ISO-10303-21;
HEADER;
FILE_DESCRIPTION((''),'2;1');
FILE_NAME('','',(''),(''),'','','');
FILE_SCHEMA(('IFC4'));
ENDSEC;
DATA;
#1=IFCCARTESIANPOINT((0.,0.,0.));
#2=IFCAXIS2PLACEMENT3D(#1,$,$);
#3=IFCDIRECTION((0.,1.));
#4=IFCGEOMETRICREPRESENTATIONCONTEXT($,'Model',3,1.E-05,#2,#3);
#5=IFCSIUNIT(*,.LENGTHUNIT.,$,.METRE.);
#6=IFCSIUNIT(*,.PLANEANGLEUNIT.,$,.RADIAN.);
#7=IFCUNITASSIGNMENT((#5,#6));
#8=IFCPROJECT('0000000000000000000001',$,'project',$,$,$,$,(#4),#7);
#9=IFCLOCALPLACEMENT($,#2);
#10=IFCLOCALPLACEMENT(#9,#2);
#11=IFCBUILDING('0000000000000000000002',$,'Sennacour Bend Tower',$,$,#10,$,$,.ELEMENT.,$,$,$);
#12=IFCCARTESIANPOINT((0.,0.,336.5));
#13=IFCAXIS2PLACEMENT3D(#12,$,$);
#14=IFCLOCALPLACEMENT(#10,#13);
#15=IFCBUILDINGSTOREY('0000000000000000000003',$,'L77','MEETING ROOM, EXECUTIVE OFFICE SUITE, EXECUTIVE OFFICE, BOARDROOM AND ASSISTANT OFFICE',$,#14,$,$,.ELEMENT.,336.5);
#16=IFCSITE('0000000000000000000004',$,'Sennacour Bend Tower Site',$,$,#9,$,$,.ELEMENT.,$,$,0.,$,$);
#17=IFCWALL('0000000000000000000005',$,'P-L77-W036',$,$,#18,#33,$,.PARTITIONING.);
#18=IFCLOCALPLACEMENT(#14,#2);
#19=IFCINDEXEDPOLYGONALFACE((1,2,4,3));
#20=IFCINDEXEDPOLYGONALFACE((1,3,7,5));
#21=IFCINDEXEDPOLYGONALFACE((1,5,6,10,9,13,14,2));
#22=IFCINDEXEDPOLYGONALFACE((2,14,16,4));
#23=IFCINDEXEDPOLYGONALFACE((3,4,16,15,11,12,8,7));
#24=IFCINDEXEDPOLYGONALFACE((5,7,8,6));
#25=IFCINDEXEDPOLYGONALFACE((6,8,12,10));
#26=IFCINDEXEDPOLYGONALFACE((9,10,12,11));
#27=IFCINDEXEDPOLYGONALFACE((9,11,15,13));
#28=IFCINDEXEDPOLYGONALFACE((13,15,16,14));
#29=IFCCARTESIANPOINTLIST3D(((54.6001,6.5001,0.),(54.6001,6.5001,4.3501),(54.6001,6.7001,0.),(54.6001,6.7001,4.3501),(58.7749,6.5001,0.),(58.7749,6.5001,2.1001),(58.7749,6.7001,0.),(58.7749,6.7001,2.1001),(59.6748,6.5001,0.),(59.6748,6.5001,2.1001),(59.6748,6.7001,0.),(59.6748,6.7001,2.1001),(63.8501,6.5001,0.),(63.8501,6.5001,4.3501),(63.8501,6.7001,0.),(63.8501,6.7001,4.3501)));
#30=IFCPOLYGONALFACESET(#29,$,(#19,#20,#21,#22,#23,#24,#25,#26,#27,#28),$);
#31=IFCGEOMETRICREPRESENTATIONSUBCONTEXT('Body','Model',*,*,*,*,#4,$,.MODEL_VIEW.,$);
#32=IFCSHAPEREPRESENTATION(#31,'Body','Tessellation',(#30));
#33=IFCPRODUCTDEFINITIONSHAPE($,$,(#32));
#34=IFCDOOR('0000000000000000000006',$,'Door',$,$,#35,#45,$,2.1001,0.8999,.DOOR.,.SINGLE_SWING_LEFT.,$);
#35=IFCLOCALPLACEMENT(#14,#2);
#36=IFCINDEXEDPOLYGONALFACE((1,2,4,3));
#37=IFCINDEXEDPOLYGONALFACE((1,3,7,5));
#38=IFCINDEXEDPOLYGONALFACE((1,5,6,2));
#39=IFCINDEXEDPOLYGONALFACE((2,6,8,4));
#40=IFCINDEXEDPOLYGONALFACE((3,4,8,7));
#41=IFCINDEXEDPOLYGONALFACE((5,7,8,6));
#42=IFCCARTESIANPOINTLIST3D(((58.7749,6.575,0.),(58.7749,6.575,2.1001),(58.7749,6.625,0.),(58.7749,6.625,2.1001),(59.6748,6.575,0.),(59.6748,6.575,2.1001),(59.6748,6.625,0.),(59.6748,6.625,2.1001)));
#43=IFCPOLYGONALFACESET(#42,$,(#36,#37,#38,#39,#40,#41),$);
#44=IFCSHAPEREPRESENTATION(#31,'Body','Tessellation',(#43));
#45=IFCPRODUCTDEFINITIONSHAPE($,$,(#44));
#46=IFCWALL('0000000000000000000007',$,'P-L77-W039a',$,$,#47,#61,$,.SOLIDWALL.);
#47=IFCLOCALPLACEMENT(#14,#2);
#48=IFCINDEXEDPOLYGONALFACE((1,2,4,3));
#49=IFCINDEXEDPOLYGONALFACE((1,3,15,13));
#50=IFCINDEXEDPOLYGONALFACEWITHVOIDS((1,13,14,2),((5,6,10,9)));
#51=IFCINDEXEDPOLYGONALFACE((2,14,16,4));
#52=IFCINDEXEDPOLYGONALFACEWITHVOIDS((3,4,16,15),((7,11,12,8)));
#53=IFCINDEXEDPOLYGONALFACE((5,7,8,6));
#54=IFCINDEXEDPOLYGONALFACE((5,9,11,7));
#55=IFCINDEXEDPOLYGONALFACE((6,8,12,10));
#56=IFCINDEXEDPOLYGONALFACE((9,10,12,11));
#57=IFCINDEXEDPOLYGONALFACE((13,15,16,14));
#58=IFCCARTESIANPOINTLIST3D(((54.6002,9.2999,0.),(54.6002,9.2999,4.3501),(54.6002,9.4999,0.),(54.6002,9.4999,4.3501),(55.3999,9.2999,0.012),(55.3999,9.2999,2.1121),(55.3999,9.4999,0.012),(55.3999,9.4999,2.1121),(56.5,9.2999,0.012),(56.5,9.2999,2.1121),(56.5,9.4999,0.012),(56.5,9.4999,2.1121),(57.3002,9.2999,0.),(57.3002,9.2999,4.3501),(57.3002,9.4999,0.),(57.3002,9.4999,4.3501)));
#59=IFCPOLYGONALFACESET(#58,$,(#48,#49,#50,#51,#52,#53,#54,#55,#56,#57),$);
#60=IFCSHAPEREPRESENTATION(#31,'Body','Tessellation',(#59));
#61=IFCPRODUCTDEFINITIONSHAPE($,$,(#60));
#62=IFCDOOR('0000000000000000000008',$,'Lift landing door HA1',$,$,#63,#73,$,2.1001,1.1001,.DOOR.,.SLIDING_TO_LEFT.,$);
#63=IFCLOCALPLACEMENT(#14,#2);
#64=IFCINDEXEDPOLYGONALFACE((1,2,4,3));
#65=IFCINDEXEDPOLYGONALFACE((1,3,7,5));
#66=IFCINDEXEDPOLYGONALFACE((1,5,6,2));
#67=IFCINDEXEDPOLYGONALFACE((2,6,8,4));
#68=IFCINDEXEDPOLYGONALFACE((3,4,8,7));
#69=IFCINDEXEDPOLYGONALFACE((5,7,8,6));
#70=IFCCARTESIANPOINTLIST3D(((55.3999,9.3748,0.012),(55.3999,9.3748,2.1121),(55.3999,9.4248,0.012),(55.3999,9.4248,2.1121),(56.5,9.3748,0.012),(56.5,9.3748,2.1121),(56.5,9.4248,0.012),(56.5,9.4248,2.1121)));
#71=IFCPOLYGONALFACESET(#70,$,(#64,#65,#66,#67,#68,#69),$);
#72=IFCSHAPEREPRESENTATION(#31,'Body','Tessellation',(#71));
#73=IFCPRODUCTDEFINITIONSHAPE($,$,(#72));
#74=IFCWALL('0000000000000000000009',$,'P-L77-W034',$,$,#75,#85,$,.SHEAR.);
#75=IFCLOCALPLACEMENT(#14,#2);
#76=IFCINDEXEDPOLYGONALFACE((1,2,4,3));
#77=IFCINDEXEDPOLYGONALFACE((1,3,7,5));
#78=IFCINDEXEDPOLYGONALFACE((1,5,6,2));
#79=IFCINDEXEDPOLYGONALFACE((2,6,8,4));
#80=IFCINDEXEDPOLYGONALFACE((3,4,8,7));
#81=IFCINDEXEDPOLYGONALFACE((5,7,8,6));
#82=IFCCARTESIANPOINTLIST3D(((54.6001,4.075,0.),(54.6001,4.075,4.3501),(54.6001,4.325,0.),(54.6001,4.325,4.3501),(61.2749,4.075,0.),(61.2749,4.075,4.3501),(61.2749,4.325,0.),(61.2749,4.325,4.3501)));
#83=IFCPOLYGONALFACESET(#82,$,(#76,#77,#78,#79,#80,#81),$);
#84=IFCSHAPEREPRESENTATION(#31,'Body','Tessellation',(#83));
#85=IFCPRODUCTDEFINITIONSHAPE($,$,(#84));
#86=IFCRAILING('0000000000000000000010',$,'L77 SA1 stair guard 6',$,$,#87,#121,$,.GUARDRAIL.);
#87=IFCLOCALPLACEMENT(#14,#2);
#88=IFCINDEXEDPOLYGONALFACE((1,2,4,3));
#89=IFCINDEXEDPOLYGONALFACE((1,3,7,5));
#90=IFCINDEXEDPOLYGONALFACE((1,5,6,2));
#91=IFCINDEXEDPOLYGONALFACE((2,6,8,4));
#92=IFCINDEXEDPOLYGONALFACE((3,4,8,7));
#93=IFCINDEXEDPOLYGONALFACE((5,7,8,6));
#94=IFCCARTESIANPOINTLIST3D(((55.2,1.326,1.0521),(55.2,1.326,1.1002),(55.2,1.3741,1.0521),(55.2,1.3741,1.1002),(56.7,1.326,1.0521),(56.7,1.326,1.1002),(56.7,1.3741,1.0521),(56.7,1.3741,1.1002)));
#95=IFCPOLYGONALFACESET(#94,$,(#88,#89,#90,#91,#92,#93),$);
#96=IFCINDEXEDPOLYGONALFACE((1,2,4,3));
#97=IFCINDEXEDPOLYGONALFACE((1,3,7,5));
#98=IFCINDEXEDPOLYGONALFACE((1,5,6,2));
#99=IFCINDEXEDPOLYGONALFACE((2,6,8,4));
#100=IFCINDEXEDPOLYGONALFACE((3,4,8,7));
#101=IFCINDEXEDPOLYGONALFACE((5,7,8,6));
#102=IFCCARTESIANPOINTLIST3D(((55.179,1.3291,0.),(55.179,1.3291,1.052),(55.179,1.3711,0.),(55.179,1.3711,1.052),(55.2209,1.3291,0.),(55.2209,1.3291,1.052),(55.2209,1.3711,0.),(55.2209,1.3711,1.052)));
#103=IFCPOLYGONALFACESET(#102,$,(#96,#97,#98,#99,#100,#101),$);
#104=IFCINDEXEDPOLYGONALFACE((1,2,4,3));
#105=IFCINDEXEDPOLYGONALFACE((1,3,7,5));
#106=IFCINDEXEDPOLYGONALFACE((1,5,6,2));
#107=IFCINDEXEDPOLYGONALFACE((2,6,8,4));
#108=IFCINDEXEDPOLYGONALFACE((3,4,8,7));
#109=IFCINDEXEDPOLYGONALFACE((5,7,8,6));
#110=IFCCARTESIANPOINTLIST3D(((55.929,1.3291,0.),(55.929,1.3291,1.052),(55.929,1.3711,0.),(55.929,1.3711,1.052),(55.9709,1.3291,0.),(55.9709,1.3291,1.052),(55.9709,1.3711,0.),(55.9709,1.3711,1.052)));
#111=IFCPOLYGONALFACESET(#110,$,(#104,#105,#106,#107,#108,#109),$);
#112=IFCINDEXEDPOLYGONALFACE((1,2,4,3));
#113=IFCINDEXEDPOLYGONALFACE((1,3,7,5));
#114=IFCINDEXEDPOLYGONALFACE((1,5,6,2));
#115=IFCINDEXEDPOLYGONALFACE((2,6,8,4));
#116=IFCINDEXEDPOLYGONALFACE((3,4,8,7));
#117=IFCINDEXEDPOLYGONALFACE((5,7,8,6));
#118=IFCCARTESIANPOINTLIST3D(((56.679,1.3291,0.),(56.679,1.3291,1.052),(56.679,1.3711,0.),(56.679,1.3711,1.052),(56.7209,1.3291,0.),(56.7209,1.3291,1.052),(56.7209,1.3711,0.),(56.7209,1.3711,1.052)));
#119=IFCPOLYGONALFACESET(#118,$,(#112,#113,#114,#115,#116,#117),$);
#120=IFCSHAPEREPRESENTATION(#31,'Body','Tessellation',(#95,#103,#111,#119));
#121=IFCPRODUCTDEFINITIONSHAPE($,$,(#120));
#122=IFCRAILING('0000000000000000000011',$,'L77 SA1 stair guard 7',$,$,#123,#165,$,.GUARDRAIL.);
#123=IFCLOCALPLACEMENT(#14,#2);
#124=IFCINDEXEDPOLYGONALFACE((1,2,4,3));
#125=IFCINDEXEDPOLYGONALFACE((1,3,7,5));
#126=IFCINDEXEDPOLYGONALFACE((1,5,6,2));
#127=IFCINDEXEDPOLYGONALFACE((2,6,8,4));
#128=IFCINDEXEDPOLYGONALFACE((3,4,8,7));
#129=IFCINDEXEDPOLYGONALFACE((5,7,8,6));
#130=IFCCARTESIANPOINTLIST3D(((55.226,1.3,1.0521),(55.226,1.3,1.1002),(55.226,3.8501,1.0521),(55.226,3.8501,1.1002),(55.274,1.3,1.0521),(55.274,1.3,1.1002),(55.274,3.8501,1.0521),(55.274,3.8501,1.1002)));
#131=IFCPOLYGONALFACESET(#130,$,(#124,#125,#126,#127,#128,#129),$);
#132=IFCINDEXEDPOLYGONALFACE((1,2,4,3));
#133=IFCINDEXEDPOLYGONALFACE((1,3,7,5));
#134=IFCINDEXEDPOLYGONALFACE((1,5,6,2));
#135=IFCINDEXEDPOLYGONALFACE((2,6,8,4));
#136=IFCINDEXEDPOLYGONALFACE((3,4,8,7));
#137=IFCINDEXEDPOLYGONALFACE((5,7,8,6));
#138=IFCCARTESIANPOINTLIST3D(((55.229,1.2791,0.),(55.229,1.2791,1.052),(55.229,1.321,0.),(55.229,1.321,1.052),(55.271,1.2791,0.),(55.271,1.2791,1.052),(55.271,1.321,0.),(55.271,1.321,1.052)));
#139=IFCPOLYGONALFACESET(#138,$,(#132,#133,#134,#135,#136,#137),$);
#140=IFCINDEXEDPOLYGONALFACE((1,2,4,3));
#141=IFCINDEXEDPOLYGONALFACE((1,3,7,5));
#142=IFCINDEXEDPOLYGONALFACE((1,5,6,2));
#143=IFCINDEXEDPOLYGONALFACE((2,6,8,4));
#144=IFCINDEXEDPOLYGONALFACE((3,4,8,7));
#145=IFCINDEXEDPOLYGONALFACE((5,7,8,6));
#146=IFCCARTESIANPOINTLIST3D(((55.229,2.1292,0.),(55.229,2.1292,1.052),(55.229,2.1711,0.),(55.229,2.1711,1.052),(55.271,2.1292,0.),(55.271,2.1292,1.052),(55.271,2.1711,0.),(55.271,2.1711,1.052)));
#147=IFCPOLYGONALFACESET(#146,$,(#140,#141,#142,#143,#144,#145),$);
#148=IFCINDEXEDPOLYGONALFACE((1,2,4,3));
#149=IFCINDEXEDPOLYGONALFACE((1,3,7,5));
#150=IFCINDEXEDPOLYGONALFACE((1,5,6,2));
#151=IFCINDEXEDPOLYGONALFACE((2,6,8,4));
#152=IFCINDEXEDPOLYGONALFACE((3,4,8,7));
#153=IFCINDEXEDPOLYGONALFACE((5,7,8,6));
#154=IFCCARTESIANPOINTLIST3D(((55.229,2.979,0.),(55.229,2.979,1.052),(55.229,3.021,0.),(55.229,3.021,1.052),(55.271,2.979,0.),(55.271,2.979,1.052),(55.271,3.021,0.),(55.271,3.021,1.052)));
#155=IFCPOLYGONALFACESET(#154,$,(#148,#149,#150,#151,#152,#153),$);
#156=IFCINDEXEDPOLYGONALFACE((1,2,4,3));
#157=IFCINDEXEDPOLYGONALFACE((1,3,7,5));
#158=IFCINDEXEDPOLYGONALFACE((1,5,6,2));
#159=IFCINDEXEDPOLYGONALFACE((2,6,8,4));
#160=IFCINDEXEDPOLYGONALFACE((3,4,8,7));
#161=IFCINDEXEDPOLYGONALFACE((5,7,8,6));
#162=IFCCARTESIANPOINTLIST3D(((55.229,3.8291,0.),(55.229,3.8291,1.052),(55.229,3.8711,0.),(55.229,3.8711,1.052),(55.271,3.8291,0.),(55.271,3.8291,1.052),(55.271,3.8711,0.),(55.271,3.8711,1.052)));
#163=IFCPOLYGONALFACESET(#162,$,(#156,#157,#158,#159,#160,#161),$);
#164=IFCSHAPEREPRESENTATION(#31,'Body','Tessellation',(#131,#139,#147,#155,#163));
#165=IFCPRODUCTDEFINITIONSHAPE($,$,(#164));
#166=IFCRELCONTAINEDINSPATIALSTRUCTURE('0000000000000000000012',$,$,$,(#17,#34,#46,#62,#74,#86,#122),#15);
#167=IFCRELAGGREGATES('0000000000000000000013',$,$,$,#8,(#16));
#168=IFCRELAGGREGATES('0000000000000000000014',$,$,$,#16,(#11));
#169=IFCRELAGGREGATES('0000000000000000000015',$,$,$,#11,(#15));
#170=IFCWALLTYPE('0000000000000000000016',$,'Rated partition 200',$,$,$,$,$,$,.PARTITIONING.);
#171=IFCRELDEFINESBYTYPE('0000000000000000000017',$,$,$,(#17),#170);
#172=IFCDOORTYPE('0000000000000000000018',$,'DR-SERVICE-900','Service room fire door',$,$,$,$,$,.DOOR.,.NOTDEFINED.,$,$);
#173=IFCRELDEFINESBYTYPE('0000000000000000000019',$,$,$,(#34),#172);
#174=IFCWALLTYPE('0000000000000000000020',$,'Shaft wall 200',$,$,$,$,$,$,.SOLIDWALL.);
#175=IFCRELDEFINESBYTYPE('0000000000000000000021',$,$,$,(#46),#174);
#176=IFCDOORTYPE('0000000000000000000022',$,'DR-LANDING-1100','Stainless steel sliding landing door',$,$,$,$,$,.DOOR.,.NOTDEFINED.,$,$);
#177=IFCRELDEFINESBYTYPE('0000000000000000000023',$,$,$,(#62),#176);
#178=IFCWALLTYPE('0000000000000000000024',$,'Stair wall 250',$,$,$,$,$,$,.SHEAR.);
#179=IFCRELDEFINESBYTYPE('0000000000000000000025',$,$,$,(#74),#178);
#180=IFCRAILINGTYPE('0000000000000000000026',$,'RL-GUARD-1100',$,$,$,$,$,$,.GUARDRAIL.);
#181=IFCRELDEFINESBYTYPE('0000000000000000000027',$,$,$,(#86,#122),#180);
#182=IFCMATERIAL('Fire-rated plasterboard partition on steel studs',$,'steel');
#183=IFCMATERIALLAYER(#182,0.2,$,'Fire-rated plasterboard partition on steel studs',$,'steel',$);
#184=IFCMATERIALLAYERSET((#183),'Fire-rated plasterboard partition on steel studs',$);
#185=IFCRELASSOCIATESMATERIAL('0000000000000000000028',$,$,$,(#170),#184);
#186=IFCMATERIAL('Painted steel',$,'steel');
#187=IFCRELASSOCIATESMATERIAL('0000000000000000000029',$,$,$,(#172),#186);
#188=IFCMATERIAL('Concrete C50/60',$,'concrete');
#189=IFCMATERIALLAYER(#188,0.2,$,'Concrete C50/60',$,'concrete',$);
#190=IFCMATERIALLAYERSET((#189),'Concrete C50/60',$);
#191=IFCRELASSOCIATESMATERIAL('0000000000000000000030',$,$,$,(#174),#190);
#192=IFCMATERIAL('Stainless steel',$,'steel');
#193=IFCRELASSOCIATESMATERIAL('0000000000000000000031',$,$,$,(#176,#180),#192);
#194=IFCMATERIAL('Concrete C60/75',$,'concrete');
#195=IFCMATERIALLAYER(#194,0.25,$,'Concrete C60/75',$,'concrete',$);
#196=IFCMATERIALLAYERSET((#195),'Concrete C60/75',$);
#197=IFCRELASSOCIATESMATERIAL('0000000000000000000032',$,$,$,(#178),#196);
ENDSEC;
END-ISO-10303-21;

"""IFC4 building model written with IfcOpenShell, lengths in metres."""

from ifc_helpers import new_model, si_unit, direction, frame, frame_2d, origin, origin_2d, place, context, subcontext, project, spatial, rectangle, extrude, material, layer, layer_set, type_object, element, fill, save


model = new_model("IFC4")

# Units and contexts
model_context = context("Model", 3, precision=1e-05, world=origin(), true_north=direction((0.0, 1.0)))
body_context = subcontext(model_context, "Body", "Model", "MODEL_VIEW")
ifc_project = project(units=[si_unit("LENGTHUNIT", "METRE"), si_unit("PLANEANGLEUNIT", "RADIAN")], contexts=[model_context])

# Site, building, storey
site_placement = place(None, origin())
site = spatial("IfcSite", under=ifc_project, at=site_placement, Name="Sennacour Bend Tower Site", CompositionType="ELEMENT", RefElevation=0.0)
building_placement = place(site_placement, origin())
building = spatial("IfcBuilding", under=site, at=building_placement, Name="Sennacour Bend Tower", CompositionType="ELEMENT")
storey_placement = place(building_placement, frame((0.0, 0.0, 336.5)))
storey = spatial("IfcBuildingStorey", under=building, at=storey_placement, Name="L77", Description="MEETING ROOM, EXECUTIVE OFFICE SUITE, EXECUTIVE OFFICE, BOARDROOM AND ASSISTANT OFFICE", CompositionType="ELEMENT", Elevation=336.5)

# Shared definitions
ifc_material_1 = material(Name="Concrete C50/60", Category="concrete")
ifc_material_2 = material(Name="Painted steel", Category="steel")

# Walls, openings, doors
ifc_material_3 = material(Name="Fire-rated plasterboard partition on steel studs", Category="steel")
ifc_layer_1 = layer(ifc_material_3, 0.2, Name="Fire-rated plasterboard partition on steel studs", Category="steel")
ifc_layer_set_1 = layer_set([ifc_layer_1], Name="Fire-rated plasterboard partition on steel studs")
wall_type_1 = type_object("IfcWallType", Name="Rated partition 200", PredefinedType="PARTITIONING", material=ifc_layer_set_1)
wall_1_placement = place(storey_placement, frame((54.6001, 6.6001, 0.0), z_axis=(0.0, 0.0, 1.0), x_axis=(1.0, 0.0, 0.0)))
wall_1 = element("IfcWall", 1, at=wall_1_placement, inside=storey, type_object=wall_type_1, Name="P-L77-W036", PredefinedType="PARTITIONING", context=body_context, shape_type="SweptSolid", body=[
    extrude(rectangle(XDim=9.25, YDim=0.2, at=frame_2d((4.625, 0.0))), origin(), (0.0, 0.0, 1.0), 4.3501),
])
opening_1_placement = place(wall_1_placement, frame((4.1748, 0.0, 0.0)))
opening_1 = element("IfcOpeningElement", 2, at=opening_1_placement, cuts=wall_1, PredefinedType="OPENING", context=body_context, shape_type="SweptSolid", body=[
    extrude(rectangle(XDim=0.8999, YDim=2.1001, at=frame_2d((0.45, 1.05))), frame((0.0, 0.1099, 0.0), z_axis=(0.0, -1.0, 0.0), x_axis=(1.0, 0.0, 0.0)), (0.0, 0.0, 1.0), 0.22),
])
door_type_1 = type_object("IfcDoorType", Name="DR-SERVICE-900", Description="Service room fire door", OperationType="NOTDEFINED", PredefinedType="DOOR", material=ifc_material_2)
door_1_placement = place(opening_1_placement, origin())
door_1 = element("IfcDoor", 3, at=door_1_placement, inside=storey, type_object=door_type_1, Name="Door", OperationType="SINGLE_SWING_LEFT", OverallHeight=2.1001, OverallWidth=0.8999, PredefinedType="DOOR", context=body_context, shape_type="SweptSolid", body=[
    extrude(rectangle(XDim=0.8999, YDim=2.1001, at=frame_2d((0.45, 1.05))), frame((0.0, 0.0249, 0.0), z_axis=(0.0, -1.0, 0.0), x_axis=(1.0, 0.0, 0.0)), (0.0, 0.0, 1.0), 0.05),
])
fill(opening_1, door_1)
ifc_layer_2 = layer(ifc_material_1, 0.2, Name="Concrete C50/60", Category="concrete")
ifc_layer_set_2 = layer_set([ifc_layer_2], Name="Concrete C50/60")
wall_type_2 = type_object("IfcWallType", Name="Shaft wall 200", PredefinedType="SOLIDWALL", material=ifc_layer_set_2)
wall_2_placement = place(storey_placement, frame((54.6001, 9.3999, 0.0), z_axis=(0.0, 0.0, 1.0), x_axis=(1.0, 0.0, 0.0)))
wall_2 = element("IfcWall", 4, at=wall_2_placement, inside=storey, type_object=wall_type_2, Name="P-L77-W039a", PredefinedType="SOLIDWALL", context=body_context, shape_type="SweptSolid", body=[
    extrude(rectangle(XDim=2.7, YDim=0.2, at=frame_2d((1.3501, 0.0))), origin(), (0.0, 0.0, 1.0), 4.3501),
])
opening_2_placement = place(wall_2_placement, frame((0.7998, 0.0, 0.012)))
opening_2 = element("IfcOpeningElement", 5, at=opening_2_placement, cuts=wall_2, PredefinedType="OPENING", context=body_context, shape_type="SweptSolid", body=[
    extrude(rectangle(XDim=1.1001, YDim=2.1001, at=frame_2d((0.55, 1.05))), frame((0.0, 0.1099, 0.0), z_axis=(0.0, -1.0, 0.0), x_axis=(1.0, 0.0, 0.0)), (0.0, 0.0, 1.0), 0.22),
])
ifc_material_4 = material(Name="Stainless steel", Category="steel")
door_type_2 = type_object("IfcDoorType", Name="DR-LANDING-1100", Description="Stainless steel sliding landing door", OperationType="NOTDEFINED", PredefinedType="DOOR", material=ifc_material_4)
door_2_placement = place(opening_2_placement, origin())
door_2 = element("IfcDoor", 6, at=door_2_placement, inside=storey, type_object=door_type_2, Name="Lift landing door HA1", OperationType="SLIDING_TO_LEFT", OverallHeight=2.1001, OverallWidth=1.1001, PredefinedType="DOOR", context=body_context, shape_type="SweptSolid", body=[
    extrude(rectangle(XDim=1.1001, YDim=2.1001, at=frame_2d((0.55, 1.05))), frame((0.0, 0.0249, 0.0), z_axis=(0.0, -1.0, 0.0), x_axis=(1.0, 0.0, 0.0)), (0.0, 0.0, 1.0), 0.05),
])
fill(opening_2, door_2)

# Wall
ifc_material_5 = material(Name="Concrete C60/75", Category="concrete")
ifc_layer_3 = layer(ifc_material_5, 0.25, Name="Concrete C60/75", Category="concrete")
ifc_layer_set_3 = layer_set([ifc_layer_3], Name="Concrete C60/75")
wall_type_3 = type_object("IfcWallType", Name="Stair wall 250", PredefinedType="SHEAR", material=ifc_layer_set_3)
wall_3_placement = place(storey_placement, frame((54.6001, 4.2, 0.0), z_axis=(0.0, 0.0, 1.0), x_axis=(1.0, 0.0, 0.0)))
element("IfcWall", 7, at=wall_3_placement, inside=storey, type_object=wall_type_3, Name="P-L77-W034", PredefinedType="SHEAR", context=body_context, shape_type="SweptSolid", body=[
    extrude(rectangle(XDim=6.6748, YDim=0.25, at=frame_2d((3.3374, 0.0))), origin(), (0.0, 0.0, 1.0), 4.3501),
])

# Railings
railing_type = type_object("IfcRailingType", Name="RL-GUARD-1100", PredefinedType="GUARDRAIL", material=ifc_material_4)
railing_1_placement = place(storey_placement, frame((55.2, 1.3501, 0.0)))
element("IfcRailing", 8, at=railing_1_placement, inside=storey, type_object=railing_type, Name="L77 SA1 stair guard 6", PredefinedType="GUARDRAIL", context=body_context, shape_type="SweptSolid", body=[
    extrude(rectangle(XDim=0.0481, YDim=0.0481, at=origin_2d()), frame((0.0, 0.0, 1.0762), z_axis=(1.0, 0.0, 0.0), x_axis=(0.0, 1.0, 0.0)), (0.0, 0.0, 1.0), 1.5),
    extrude(rectangle(XDim=0.042, YDim=0.042, at=origin_2d()), origin(), (0.0, 0.0, 1.0), 1.052),
    extrude(rectangle(XDim=0.042, YDim=0.042, at=origin_2d()), frame((0.75, 0.0, 0.0)), (0.0, 0.0, 1.0), 1.052),
    extrude(rectangle(XDim=0.042, YDim=0.042, at=origin_2d()), frame((1.5, 0.0, 0.0)), (0.0, 0.0, 1.0), 1.052),
])
railing_2_placement = place(storey_placement, frame((55.25, 1.3, 0.0)))
element("IfcRailing", 9, at=railing_2_placement, inside=storey, type_object=railing_type, Name="L77 SA1 stair guard 7", PredefinedType="GUARDRAIL", context=body_context, shape_type="SweptSolid", body=[
    extrude(rectangle(XDim=0.0481, YDim=0.0481, at=origin_2d()), frame((0.0, 0.0, 1.0762), z_axis=(0.0, 1.0, 0.0), x_axis=(-1.0, 0.0, 0.0)), (0.0, 0.0, 1.0), 2.55),
    extrude(rectangle(XDim=0.042, YDim=0.042, at=origin_2d()), origin(), (0.0, 0.0, 1.0), 1.052),
    extrude(rectangle(XDim=0.042, YDim=0.042, at=origin_2d()), frame((0.0, 0.8501, 0.0)), (0.0, 0.0, 1.0), 1.052),
    extrude(rectangle(XDim=0.042, YDim=0.042, at=origin_2d()), frame((0.0, 1.7, 0.0)), (0.0, 0.0, 1.0), 1.052),
    extrude(rectangle(XDim=0.042, YDim=0.042, at=origin_2d()), frame((0.0, 2.55, 0.0)), (0.0, 0.0, 1.0), 1.052),
])

save(model, "model.ifc")
